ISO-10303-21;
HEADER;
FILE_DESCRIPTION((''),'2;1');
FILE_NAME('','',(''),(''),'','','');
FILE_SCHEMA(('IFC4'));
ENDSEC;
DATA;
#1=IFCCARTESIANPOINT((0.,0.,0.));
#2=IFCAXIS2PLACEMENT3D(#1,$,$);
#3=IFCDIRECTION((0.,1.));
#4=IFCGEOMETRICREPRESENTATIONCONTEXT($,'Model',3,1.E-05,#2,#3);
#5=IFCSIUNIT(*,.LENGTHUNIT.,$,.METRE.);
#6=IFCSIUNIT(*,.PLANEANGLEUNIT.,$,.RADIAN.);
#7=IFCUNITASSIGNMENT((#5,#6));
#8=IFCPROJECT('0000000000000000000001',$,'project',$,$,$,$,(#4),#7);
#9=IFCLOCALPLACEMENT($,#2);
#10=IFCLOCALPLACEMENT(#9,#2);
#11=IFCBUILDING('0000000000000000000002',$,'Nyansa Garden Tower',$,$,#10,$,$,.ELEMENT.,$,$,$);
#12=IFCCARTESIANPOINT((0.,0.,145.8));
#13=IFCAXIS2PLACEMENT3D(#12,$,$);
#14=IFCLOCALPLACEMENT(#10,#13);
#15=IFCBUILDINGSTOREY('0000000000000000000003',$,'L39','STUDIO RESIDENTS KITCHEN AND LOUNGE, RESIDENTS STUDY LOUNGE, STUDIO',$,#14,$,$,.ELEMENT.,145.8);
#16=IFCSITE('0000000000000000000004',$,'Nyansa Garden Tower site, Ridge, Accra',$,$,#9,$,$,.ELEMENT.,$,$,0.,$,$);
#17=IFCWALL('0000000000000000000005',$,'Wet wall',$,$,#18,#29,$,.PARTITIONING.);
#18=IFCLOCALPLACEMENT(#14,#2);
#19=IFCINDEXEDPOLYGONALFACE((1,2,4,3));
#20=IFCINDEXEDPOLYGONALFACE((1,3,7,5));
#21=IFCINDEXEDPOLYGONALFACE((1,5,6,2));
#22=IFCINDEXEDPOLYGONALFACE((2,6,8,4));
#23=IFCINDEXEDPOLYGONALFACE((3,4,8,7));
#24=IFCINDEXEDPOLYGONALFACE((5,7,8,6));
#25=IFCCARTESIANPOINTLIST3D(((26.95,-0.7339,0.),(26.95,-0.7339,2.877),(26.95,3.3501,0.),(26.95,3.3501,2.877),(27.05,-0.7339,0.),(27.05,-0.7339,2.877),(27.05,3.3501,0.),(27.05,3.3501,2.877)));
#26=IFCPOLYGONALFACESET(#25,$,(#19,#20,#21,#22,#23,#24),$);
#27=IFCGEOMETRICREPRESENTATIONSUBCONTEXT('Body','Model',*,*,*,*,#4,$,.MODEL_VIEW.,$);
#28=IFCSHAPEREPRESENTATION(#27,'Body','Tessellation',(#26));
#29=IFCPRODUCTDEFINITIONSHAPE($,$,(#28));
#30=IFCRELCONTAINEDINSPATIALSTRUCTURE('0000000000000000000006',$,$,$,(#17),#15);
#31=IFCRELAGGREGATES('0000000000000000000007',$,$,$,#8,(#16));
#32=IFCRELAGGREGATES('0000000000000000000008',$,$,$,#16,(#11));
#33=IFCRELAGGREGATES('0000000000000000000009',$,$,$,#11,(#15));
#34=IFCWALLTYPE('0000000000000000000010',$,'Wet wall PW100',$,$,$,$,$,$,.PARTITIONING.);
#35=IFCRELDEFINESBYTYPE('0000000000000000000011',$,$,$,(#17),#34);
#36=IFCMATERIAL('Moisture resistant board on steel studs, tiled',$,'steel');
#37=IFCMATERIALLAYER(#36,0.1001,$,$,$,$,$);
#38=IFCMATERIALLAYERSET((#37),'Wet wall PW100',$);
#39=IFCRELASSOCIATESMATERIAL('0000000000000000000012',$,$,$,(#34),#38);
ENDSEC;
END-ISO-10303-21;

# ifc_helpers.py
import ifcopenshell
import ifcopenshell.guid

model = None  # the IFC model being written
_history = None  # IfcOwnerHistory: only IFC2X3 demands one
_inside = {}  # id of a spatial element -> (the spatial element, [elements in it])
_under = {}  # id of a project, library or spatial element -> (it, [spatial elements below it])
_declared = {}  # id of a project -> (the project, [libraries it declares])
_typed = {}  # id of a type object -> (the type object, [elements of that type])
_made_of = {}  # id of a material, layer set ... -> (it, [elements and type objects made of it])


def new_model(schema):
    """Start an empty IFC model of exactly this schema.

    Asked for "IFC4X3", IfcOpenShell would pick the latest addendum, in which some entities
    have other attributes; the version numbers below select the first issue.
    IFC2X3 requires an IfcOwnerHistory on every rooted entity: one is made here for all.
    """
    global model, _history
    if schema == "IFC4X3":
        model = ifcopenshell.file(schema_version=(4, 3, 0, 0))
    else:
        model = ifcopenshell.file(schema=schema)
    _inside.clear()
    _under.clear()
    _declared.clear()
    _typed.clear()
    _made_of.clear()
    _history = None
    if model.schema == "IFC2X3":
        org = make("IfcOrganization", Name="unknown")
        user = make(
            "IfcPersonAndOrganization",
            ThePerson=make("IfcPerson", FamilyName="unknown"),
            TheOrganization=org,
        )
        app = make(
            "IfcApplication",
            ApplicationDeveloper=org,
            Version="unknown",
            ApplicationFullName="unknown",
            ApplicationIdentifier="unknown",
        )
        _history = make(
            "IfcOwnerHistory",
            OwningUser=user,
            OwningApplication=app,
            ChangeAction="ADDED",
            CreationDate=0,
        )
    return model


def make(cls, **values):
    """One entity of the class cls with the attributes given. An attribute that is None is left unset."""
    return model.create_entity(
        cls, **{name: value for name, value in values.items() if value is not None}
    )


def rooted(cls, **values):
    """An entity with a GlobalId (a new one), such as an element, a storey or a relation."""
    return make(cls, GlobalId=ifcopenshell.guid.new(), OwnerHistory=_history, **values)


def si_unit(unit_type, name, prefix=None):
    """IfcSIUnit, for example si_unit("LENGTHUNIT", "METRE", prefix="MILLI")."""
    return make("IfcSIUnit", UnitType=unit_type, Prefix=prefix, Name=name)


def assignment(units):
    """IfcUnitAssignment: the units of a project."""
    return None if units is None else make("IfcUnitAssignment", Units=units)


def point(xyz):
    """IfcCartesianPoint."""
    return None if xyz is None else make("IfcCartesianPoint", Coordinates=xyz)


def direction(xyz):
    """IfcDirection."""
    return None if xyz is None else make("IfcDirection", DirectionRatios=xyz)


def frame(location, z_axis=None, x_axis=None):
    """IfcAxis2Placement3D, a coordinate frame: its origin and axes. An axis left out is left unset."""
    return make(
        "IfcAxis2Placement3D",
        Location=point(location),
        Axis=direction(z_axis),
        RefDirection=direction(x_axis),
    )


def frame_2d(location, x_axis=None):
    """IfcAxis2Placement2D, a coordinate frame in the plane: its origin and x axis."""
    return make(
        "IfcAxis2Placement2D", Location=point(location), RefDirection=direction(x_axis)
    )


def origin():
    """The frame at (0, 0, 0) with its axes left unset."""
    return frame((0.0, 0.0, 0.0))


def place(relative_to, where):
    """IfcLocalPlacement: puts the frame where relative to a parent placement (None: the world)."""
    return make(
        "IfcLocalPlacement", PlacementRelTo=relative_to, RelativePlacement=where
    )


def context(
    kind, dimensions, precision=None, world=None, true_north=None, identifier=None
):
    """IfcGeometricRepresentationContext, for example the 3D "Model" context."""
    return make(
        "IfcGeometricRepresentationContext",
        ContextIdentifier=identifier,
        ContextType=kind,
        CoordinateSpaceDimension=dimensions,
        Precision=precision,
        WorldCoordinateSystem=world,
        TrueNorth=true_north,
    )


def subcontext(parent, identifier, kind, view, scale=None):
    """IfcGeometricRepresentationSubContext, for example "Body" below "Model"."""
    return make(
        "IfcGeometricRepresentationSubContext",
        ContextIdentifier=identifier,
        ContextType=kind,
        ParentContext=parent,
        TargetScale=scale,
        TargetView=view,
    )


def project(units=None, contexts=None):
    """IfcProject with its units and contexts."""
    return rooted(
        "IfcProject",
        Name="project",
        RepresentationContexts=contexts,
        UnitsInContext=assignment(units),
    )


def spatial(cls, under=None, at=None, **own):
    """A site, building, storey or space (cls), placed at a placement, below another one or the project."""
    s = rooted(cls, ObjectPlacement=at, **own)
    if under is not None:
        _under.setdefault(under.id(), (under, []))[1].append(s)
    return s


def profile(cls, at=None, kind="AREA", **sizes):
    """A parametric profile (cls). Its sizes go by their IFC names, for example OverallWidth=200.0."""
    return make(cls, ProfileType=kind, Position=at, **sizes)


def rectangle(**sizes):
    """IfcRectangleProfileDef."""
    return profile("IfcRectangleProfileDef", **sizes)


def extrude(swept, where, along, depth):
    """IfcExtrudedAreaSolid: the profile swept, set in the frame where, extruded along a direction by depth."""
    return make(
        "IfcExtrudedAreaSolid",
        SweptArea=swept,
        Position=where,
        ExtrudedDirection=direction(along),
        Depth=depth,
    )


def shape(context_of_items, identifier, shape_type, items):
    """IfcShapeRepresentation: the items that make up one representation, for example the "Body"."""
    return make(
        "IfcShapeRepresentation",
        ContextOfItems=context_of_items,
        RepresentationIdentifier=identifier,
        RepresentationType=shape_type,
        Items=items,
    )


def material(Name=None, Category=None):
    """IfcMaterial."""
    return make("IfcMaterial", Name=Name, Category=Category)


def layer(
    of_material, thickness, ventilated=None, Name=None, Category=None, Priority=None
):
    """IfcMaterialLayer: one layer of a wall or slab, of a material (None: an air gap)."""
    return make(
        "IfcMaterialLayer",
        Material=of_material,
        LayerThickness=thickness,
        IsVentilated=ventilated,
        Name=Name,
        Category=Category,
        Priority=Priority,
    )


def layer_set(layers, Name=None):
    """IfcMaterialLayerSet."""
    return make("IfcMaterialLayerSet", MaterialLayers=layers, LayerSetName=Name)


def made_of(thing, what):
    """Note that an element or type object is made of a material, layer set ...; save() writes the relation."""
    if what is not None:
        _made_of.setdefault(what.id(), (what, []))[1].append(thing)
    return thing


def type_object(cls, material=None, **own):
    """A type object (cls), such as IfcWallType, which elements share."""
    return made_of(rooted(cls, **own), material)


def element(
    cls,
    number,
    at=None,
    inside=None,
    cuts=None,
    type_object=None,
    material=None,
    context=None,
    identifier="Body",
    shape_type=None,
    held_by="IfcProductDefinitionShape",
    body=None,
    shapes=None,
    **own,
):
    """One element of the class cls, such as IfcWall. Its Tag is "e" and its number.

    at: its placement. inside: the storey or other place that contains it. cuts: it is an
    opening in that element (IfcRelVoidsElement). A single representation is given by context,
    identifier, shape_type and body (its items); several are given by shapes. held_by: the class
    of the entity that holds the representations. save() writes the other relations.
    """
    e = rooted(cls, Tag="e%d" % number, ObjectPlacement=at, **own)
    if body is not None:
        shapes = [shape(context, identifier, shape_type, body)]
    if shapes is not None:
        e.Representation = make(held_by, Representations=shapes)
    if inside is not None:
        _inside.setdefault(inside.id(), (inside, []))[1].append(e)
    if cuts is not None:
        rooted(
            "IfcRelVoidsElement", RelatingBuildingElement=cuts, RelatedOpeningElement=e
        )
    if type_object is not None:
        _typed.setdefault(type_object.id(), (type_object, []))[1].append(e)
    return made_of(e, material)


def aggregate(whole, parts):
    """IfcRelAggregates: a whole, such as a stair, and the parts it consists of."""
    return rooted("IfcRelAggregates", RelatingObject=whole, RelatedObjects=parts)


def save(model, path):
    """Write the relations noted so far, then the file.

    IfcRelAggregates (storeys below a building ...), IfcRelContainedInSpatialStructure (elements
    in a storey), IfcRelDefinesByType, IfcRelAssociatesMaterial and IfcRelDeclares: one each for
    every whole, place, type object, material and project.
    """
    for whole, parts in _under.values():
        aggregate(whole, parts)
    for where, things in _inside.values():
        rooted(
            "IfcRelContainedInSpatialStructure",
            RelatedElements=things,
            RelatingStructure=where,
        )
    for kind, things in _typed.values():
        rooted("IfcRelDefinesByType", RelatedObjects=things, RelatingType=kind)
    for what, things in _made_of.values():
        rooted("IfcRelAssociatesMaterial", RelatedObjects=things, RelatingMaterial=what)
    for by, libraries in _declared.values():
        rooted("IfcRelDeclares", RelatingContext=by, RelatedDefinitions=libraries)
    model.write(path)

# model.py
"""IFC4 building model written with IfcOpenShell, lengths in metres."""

from ifc_helpers import new_model, si_unit, direction, frame, frame_2d, origin, place, context, subcontext, project, spatial, rectangle, extrude, material, layer, layer_set, type_object, element, save


model = new_model("IFC4")

# Units and contexts
model_context = context("Model", 3, precision=1e-05, world=origin(), true_north=direction((0.0, 1.0)))
body_context = subcontext(model_context, "Body", "Model", "MODEL_VIEW")
ifc_project = project(units=[si_unit("LENGTHUNIT", "METRE"), si_unit("PLANEANGLEUNIT", "RADIAN")], contexts=[model_context])

# Site, building, storey
site_placement = place(None, origin())
site = spatial("IfcSite", under=ifc_project, at=site_placement, Name="Nyansa Garden Tower site, Ridge, Accra", CompositionType="ELEMENT", RefElevation=0.0)
building_placement = place(site_placement, origin())
building = spatial("IfcBuilding", under=site, at=building_placement, Name="Nyansa Garden Tower", CompositionType="ELEMENT")
storey_placement = place(building_placement, frame((0.0, 0.0, 145.8)))
storey = spatial("IfcBuildingStorey", under=building, at=storey_placement, Name="L39", Description="STUDIO RESIDENTS KITCHEN AND LOUNGE, RESIDENTS STUDY LOUNGE, STUDIO", CompositionType="ELEMENT", Elevation=145.8)

# Wall
ifc_material_1 = material(Name="Moisture resistant board on steel studs, tiled", Category="steel")
ifc_layer_1 = layer(ifc_material_1, 0.1001)
ifc_layer_set_1 = layer_set([ifc_layer_1], Name="Wet wall PW100")
wall_type_1 = type_object("IfcWallType", Name="Wet wall PW100", PredefinedType="PARTITIONING", material=ifc_layer_set_1)
wall_1_placement = place(storey_placement, frame((27.0, -0.7339, 0.0), z_axis=(0.0, 0.0, 1.0), x_axis=(0.0, 1.0, 0.0)))
element("IfcWall", 1, at=wall_1_placement, inside=storey, type_object=wall_type_1, Name="Wet wall", PredefinedType="PARTITIONING", context=body_context, shape_type="SweptSolid", body=[
    extrude(rectangle(XDim=4.084, YDim=0.1001, at=frame_2d((2.042, 0.0))), origin(), (0.0, 0.0, 1.0), 2.877),
])

save(model, "model.ifc")
